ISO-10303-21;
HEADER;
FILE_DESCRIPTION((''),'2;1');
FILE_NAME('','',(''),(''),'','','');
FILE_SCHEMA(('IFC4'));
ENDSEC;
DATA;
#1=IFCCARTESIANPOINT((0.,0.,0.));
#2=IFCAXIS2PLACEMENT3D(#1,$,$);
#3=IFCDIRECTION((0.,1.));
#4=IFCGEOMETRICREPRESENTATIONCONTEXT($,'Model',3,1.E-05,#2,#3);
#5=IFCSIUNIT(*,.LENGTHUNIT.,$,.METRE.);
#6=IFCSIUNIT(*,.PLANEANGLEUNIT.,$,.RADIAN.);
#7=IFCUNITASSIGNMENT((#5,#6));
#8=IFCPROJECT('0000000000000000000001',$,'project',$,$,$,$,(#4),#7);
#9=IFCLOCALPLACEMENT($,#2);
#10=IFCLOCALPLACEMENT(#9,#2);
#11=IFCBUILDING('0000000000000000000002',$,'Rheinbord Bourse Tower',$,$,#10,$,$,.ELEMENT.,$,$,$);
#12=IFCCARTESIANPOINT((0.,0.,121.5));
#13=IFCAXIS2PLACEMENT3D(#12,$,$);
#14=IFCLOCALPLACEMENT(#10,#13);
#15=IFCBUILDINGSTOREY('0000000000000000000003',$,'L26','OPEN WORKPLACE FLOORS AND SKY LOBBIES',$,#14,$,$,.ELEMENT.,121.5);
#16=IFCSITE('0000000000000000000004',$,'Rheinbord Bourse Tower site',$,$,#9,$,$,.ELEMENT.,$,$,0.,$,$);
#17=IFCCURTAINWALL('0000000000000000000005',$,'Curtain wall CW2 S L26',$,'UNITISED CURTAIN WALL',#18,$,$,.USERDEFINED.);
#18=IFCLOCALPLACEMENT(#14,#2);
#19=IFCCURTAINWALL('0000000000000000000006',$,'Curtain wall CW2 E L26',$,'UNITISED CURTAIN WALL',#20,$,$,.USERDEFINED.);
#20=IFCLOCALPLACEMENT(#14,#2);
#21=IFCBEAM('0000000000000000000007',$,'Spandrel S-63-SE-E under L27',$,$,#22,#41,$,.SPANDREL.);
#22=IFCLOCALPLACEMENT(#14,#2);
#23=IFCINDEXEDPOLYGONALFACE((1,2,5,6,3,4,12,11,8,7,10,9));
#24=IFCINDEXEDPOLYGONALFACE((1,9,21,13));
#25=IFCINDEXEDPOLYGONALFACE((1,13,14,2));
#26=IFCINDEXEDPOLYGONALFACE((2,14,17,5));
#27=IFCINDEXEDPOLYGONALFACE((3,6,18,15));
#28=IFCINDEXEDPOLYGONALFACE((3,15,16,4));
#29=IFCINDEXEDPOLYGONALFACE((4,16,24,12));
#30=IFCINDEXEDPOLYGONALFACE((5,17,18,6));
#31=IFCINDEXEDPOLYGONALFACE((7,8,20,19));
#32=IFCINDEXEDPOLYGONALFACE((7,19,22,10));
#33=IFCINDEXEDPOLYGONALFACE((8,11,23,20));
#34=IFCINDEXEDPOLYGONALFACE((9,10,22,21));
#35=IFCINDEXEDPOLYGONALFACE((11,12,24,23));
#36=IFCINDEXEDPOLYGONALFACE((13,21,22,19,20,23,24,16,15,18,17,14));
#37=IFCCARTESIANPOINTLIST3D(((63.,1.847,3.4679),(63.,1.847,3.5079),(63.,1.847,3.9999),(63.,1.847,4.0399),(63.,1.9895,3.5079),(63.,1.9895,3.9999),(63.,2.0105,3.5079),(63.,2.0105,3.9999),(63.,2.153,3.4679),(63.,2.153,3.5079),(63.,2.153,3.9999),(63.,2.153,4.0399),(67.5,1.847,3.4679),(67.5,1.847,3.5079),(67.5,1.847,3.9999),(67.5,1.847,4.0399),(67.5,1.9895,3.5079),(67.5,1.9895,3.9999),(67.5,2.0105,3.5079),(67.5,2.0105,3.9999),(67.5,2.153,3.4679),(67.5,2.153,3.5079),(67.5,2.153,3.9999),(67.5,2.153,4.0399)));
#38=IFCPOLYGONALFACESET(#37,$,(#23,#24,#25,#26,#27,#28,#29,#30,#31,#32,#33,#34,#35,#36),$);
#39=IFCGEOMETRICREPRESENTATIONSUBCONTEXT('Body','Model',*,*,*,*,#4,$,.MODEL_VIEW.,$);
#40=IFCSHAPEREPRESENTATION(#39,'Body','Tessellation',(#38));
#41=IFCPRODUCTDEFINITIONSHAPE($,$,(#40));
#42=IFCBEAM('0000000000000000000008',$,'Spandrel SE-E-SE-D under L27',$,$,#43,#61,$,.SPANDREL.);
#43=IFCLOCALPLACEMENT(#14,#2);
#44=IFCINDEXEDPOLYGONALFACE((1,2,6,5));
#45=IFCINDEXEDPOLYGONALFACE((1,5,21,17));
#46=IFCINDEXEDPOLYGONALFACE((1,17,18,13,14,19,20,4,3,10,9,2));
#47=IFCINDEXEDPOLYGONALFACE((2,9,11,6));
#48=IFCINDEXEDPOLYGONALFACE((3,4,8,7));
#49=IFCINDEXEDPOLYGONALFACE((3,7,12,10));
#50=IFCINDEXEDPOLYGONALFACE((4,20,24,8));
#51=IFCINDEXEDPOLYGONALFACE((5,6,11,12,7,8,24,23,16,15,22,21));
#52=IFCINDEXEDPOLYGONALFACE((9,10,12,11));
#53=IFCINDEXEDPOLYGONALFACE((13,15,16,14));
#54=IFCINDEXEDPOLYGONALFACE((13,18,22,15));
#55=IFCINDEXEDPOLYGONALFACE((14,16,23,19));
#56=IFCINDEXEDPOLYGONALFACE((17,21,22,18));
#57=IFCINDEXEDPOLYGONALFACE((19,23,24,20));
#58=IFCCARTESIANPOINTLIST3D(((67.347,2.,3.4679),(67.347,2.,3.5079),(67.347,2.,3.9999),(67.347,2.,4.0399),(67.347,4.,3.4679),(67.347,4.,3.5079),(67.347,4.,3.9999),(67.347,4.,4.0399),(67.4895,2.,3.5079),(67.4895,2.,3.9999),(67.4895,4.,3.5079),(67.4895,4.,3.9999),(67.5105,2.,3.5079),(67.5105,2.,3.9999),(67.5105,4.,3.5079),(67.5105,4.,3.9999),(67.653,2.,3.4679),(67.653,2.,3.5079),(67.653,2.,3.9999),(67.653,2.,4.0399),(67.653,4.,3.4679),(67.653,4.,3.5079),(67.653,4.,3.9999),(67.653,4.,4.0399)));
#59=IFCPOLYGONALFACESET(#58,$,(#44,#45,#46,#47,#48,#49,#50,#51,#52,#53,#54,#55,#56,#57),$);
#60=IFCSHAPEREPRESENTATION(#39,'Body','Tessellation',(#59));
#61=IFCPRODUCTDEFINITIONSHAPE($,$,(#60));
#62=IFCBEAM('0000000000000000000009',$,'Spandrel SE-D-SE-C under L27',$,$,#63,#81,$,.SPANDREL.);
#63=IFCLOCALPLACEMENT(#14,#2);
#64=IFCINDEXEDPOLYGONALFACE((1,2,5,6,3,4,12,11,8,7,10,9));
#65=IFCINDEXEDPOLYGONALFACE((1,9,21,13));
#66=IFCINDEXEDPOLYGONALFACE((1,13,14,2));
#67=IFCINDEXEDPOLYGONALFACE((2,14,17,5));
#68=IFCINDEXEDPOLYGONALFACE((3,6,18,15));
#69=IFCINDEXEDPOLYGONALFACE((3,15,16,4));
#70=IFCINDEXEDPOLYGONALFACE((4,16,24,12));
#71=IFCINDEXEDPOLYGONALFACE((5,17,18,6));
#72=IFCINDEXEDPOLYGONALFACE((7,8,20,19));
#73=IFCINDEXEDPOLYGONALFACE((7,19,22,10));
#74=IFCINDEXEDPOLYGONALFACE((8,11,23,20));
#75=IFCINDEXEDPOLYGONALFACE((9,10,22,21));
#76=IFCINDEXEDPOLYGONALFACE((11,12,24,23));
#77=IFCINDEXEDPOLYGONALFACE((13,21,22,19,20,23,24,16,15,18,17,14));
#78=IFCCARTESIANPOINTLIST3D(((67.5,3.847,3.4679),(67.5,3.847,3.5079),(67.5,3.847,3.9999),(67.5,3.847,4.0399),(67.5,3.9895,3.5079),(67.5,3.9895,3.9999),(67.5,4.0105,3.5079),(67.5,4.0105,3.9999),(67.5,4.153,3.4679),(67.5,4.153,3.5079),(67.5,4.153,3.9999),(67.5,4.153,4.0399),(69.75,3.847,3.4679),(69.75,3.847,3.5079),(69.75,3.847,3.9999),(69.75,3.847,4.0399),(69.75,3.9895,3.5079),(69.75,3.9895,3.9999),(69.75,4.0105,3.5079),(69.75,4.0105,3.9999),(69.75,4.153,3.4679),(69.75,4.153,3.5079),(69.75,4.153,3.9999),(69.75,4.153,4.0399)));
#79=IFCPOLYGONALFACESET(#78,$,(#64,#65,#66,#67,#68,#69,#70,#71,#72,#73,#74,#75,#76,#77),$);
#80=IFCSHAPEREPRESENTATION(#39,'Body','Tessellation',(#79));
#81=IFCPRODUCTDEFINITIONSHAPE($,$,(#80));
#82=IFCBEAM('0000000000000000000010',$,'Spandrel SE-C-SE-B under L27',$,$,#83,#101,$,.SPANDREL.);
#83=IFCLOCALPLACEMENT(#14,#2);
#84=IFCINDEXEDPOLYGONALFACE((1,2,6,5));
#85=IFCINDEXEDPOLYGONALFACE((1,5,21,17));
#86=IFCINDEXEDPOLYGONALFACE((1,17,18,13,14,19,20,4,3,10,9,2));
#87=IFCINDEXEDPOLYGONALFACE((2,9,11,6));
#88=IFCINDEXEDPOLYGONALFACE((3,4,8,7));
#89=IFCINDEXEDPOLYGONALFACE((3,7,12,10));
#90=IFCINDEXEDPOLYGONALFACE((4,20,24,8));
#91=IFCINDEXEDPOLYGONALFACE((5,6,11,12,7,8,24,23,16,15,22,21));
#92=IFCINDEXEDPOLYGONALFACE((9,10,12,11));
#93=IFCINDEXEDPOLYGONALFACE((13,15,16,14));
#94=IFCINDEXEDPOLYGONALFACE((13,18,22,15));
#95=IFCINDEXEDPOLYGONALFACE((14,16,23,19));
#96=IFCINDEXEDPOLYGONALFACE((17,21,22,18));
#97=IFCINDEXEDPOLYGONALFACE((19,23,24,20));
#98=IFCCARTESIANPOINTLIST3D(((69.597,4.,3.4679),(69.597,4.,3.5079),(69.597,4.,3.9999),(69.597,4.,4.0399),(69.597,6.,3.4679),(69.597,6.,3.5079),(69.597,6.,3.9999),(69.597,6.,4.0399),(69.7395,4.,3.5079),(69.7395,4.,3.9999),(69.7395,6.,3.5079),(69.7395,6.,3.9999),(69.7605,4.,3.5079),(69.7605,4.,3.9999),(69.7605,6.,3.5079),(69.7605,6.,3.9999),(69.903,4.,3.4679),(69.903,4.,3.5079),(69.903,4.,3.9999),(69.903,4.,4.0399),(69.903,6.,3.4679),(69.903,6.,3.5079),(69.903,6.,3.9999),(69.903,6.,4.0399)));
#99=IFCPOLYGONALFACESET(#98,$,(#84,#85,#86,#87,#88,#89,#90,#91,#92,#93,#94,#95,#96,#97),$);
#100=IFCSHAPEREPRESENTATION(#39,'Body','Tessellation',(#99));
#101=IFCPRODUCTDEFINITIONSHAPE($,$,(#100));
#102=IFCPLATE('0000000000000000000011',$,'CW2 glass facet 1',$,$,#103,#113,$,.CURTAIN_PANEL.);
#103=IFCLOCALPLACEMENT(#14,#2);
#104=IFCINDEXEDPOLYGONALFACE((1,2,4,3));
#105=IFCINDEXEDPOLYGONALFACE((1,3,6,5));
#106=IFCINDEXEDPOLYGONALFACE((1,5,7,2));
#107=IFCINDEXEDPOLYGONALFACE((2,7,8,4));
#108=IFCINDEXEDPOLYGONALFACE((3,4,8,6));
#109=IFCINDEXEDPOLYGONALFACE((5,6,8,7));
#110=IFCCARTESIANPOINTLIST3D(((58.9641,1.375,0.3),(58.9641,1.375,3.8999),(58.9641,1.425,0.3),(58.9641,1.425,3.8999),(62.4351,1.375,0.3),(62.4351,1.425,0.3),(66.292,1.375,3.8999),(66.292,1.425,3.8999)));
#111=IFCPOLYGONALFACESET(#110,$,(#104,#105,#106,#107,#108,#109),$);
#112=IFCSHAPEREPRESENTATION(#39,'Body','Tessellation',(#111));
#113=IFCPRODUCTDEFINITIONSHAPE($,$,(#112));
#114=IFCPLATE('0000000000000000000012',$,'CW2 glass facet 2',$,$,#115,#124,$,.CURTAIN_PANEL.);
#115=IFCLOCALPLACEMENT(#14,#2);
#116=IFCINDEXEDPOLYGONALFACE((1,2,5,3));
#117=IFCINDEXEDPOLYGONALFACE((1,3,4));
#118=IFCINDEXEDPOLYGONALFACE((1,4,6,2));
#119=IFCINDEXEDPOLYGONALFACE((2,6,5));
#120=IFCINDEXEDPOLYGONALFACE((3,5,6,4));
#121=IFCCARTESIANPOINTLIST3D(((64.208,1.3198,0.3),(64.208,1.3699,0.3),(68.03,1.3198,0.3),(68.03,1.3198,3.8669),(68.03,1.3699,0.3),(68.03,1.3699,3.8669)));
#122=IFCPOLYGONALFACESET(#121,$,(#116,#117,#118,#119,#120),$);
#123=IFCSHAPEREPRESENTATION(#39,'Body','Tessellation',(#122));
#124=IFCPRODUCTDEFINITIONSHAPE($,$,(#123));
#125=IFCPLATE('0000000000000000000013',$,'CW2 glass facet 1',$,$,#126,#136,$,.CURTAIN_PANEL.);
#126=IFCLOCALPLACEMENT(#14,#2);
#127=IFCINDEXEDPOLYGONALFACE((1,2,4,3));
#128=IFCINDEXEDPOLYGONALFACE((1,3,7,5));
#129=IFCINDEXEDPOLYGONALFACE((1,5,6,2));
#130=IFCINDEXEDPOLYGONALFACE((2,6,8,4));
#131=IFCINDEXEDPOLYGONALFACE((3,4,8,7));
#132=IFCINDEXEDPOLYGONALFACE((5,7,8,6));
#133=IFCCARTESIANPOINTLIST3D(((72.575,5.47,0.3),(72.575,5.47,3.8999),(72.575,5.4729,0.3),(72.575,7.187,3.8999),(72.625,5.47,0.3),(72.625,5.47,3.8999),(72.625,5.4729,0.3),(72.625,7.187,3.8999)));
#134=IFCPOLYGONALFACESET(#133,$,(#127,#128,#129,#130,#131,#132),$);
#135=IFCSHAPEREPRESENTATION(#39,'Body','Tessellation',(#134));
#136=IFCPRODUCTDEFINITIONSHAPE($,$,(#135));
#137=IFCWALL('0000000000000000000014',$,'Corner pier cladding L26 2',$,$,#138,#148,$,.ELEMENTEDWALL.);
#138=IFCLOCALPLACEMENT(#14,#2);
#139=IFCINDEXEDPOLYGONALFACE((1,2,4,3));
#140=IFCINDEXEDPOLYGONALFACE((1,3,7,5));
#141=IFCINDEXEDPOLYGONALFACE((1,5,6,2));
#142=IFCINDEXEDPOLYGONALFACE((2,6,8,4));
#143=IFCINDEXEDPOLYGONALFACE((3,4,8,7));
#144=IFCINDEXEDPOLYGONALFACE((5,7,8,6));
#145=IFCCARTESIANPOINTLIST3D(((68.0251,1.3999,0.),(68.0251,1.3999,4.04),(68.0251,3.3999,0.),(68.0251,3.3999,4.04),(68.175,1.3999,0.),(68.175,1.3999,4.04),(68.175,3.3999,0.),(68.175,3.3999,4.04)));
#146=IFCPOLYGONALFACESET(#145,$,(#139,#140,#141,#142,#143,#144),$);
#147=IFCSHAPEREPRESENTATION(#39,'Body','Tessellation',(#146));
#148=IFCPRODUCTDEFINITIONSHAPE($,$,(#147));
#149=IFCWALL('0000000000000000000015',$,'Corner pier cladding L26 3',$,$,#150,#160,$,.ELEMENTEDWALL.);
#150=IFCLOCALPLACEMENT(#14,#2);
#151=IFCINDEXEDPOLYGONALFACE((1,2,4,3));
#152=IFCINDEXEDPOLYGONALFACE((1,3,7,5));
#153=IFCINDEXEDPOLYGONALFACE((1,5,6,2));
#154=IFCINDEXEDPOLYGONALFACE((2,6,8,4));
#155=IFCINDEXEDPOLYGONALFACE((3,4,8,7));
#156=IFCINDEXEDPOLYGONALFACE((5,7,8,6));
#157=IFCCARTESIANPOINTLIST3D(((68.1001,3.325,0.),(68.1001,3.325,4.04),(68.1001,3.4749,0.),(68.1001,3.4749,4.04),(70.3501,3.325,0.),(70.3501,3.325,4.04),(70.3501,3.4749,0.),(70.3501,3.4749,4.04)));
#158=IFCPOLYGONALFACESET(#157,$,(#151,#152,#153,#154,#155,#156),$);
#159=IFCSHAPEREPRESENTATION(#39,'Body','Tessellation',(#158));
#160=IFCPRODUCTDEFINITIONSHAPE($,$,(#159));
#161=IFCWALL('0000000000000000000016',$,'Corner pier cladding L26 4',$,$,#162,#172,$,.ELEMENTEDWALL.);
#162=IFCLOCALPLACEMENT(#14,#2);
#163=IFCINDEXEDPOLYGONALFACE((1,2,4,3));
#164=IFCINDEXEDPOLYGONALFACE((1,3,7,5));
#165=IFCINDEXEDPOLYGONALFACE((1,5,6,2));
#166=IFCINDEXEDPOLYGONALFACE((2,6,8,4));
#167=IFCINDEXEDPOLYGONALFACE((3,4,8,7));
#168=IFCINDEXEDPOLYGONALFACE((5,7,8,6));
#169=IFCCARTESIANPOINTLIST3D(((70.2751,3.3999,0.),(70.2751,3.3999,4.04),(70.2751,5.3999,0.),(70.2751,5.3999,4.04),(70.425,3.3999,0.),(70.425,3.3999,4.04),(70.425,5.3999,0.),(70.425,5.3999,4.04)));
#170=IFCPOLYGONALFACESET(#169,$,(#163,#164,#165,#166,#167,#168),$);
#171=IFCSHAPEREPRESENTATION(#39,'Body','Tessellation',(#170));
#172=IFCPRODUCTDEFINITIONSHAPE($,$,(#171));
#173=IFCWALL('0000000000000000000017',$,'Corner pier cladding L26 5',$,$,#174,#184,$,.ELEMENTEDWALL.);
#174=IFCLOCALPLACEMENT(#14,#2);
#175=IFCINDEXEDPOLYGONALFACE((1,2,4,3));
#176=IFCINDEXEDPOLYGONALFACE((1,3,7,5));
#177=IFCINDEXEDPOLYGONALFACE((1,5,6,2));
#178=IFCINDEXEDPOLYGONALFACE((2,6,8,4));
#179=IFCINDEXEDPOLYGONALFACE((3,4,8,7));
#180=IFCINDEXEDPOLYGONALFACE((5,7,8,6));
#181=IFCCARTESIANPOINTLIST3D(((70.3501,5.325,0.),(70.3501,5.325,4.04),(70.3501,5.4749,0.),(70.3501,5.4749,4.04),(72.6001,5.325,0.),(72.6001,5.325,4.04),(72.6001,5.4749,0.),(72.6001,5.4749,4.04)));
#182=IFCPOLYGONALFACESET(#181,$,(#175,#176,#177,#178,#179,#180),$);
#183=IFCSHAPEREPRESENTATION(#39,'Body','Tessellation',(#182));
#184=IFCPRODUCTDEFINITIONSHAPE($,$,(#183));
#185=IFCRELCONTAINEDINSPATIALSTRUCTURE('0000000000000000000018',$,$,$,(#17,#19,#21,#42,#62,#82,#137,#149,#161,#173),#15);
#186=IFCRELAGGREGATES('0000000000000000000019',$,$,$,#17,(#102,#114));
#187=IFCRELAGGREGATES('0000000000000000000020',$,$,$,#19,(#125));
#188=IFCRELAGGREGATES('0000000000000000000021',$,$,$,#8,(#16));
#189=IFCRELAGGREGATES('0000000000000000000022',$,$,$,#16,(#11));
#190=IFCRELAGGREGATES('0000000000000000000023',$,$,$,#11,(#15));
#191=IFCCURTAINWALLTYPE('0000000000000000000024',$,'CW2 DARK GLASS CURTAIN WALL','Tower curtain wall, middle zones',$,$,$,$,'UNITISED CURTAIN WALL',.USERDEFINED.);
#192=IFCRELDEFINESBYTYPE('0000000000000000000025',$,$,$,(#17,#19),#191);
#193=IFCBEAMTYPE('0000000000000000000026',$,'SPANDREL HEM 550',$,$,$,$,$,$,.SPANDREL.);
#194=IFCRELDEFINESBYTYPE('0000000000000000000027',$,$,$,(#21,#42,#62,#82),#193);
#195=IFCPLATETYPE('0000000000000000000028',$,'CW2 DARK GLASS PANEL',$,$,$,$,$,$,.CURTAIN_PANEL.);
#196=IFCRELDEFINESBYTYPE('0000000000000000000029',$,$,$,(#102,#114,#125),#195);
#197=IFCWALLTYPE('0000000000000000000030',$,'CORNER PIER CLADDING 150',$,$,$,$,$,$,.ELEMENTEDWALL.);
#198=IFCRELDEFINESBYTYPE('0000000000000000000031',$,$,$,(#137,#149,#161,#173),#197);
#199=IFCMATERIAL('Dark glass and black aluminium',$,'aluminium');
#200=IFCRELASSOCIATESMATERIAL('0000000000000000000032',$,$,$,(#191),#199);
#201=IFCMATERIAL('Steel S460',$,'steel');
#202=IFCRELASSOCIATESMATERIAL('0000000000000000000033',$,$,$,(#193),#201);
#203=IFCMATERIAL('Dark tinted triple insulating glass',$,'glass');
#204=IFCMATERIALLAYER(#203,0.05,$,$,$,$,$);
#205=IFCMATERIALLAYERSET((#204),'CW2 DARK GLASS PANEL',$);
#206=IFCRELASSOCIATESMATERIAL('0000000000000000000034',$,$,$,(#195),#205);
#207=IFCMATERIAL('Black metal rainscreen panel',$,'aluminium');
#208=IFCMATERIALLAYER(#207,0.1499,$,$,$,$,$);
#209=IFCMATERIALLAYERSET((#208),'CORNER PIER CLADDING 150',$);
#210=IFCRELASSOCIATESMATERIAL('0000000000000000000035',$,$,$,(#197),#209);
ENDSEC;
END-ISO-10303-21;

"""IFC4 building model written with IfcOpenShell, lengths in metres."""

from ifc_helpers import new_model, si_unit, direction, frame, frame_2d, origin, origin_2d, place, context, subcontext, project, spatial, polyline, rectangle, i_section, outline, extrude, material, layer, layer_set, material_profile, profile_set, type_object, element, aggregate, save


model = new_model("IFC4")

# Units and contexts
model_context = context("Model", 3, precision=1e-05, world=origin(), true_north=direction((0.0, 1.0)))
body_context = subcontext(model_context, "Body", "Model", "MODEL_VIEW")
ifc_project = project(units=[si_unit("LENGTHUNIT", "METRE"), si_unit("PLANEANGLEUNIT", "RADIAN")], contexts=[model_context])

# Site, building, storey
site_placement = place(None, origin())
site = spatial("IfcSite", under=ifc_project, at=site_placement, Name="Rheinbord Bourse Tower site", CompositionType="ELEMENT", RefElevation=0.0)
building_placement = place(site_placement, origin())
building = spatial("IfcBuilding", under=site, at=building_placement, Name="Rheinbord Bourse Tower", CompositionType="ELEMENT")
storey_placement = place(building_placement, frame((0.0, 0.0, 121.5)))
storey = spatial("IfcBuildingStorey", under=building, at=storey_placement, Name="L26", Description="OPEN WORKPLACE FLOORS AND SKY LOBBIES", CompositionType="ELEMENT", Elevation=121.5)

# Curtain wall
ifc_material_1 = material(Name="Dark glass and black aluminium", Category="aluminium")
curtain_wall_type = type_object("IfcCurtainWallType", Name="CW2 DARK GLASS CURTAIN WALL", Description="Tower curtain wall, middle zones", ElementType="UNITISED CURTAIN WALL", PredefinedType="USERDEFINED", material=ifc_material_1)
curtain_wall_1_placement = place(storey_placement, origin())
curtain_wall_1 = element("IfcCurtainWall", 1, at=curtain_wall_1_placement, inside=storey, type_object=curtain_wall_type, Name="Curtain wall CW2 S L26", ObjectType="UNITISED CURTAIN WALL", PredefinedType="USERDEFINED")

# Curtain wall
curtain_wall_2_placement = place(storey_placement, origin())
curtain_wall_2 = element("IfcCurtainWall", 2, at=curtain_wall_2_placement, inside=storey, type_object=curtain_wall_type, Name="Curtain wall CW2 E L26", ObjectType="UNITISED CURTAIN WALL", PredefinedType="USERDEFINED")

# Beams
ifc_material_2 = material(Name="Steel S460", Category="steel")
ifc_material_profile_1 = material_profile(ifc_material_2, i_section(OverallWidth=0.3059, OverallDepth=0.572, WebThickness=0.021, FlangeThickness=0.04, at=origin_2d()), Name="HEM 550")
ifc_profile_set_1 = profile_set([ifc_material_profile_1], Name="Steel S460")
beam_type_1 = type_object("IfcBeamType", Name="SPANDREL HEM 550", PredefinedType="SPANDREL", material=ifc_profile_set_1)
for number, where, z_axis, x_axis, name in (
    (3, (63.0, 2.0, 3.7539), (1.0, 0.0, 0.0), (0.0, 1.0, 0.0), "Spandrel S-63-SE-E under L27"),
):
    element("IfcBeam", number, at=place(storey_placement, frame(where, z_axis=z_axis, x_axis=x_axis)), inside=storey, type_object=beam_type_1, Name=name, PredefinedType="SPANDREL", context=body_context, shape_type="SweptSolid", body=[
        extrude(i_section(OverallWidth=0.3059, OverallDepth=0.572, WebThickness=0.021, FlangeThickness=0.04, at=origin_2d()), origin(), (0.0, 0.0, 1.0), 4.5),
    ])
beam_1_placement = place(storey_placement, frame((67.5, 2.0, 3.7539), z_axis=(0.0, 1.0, 0.0), x_axis=(-1.0, 0.0, 0.0)))
element("IfcBeam", 4, at=beam_1_placement, inside=storey, type_object=beam_type_1, Name="Spandrel SE-E-SE-D under L27", PredefinedType="SPANDREL", context=body_context, shape_type="SweptSolid", body=[
    extrude(i_section(OverallWidth=0.3059, OverallDepth=0.572, WebThickness=0.021, FlangeThickness=0.04, at=origin_2d()), origin(), (0.0, 0.0, 1.0), 2.0),
])
beam_2_placement = place(storey_placement, frame((67.5, 4.0, 3.7539), z_axis=(1.0, 0.0, 0.0), x_axis=(0.0, 1.0, 0.0)))
element("IfcBeam", 5, at=beam_2_placement, inside=storey, type_object=beam_type_1, Name="Spandrel SE-D-SE-C under L27", PredefinedType="SPANDREL", context=body_context, shape_type="SweptSolid", body=[
    extrude(i_section(OverallWidth=0.3059, OverallDepth=0.572, WebThickness=0.021, FlangeThickness=0.04, at=origin_2d()), origin(), (0.0, 0.0, 1.0), 2.25),
])
beam_3_placement = place(storey_placement, frame((69.75, 4.0, 3.7539), z_axis=(0.0, 1.0, 0.0), x_axis=(-1.0, 0.0, 0.0)))
element("IfcBeam", 6, at=beam_3_placement, inside=storey, type_object=beam_type_1, Name="Spandrel SE-C-SE-B under L27", PredefinedType="SPANDREL", context=body_context, shape_type="SweptSolid", body=[
    extrude(i_section(OverallWidth=0.3059, OverallDepth=0.572, WebThickness=0.021, FlangeThickness=0.04, at=origin_2d()), origin(), (0.0, 0.0, 1.0), 2.0),
])

# Plates
ifc_material_3 = material(Name="Dark tinted triple insulating glass", Category="glass")
ifc_layer_1 = layer(ifc_material_3, 0.05)
ifc_layer_set_1 = layer_set([ifc_layer_1], Name="CW2 DARK GLASS PANEL")
plate_type = type_object("IfcPlateType", Name="CW2 DARK GLASS PANEL", PredefinedType="CURTAIN_PANEL", material=ifc_layer_set_1)
plate_1_placement = place(storey_placement, frame((58.9641, 1.375, 0.3), z_axis=(0.0, 1.0, 0.0), x_axis=(0.0, 0.0, 1.0)))
plate_1 = element("IfcPlate", 7, at=plate_1_placement, type_object=plate_type, Name="CW2 glass facet 1", PredefinedType="CURTAIN_PANEL", context=body_context, shape_type="SweptSolid", body=[
    extrude(outline(polyline([(0.0, 0.0), (3.5999, 0.0), (3.5999, 7.3279), (0.0, 3.4709), (0.0, 0.0)])), origin(), (0.0, 0.0, 1.0), 0.05),
])
plate_2_placement = place(storey_placement, frame((68.03, 1.3198, 0.3), z_axis=(0.0, 1.0, 0.0), x_axis=(-1.0, 0.0, 0.0)))
plate_2 = element("IfcPlate", 8, at=plate_2_placement, type_object=plate_type, Name="CW2 glass facet 2", PredefinedType="CURTAIN_PANEL", context=body_context, shape_type="SweptSolid", body=[
    extrude(outline(polyline([(0.0, 0.0), (3.822, 0.0), (0.0, 3.5669), (0.0, 0.0)])), origin(), (0.0, 0.0, 1.0), 0.05),
])
aggregate(curtain_wall_1, [plate_1, plate_2])
plate_3_placement = place(storey_placement, frame((72.625, 5.47, 0.3), z_axis=(-1.0, 0.0, 0.0), x_axis=(0.0, 0.0, 1.0)))
plate_3 = element("IfcPlate", 9, at=plate_3_placement, type_object=plate_type, Name="CW2 glass facet 1", PredefinedType="CURTAIN_PANEL", context=body_context, shape_type="SweptSolid", body=[
    extrude(outline(polyline([(0.0, 0.0), (3.5999, 0.0), (3.5999, 1.717), (0.0, 0.0029), (0.0, 0.0)])), origin(), (0.0, 0.0, 1.0), 0.05),
])
aggregate(curtain_wall_2, [plate_3])

# Walls
ifc_material_4 = material(Name="Black metal rainscreen panel", Category="aluminium")
ifc_layer_2 = layer(ifc_material_4, 0.1499)
ifc_layer_set_2 = layer_set([ifc_layer_2], Name="CORNER PIER CLADDING 150")
wall_type = type_object("IfcWallType", Name="CORNER PIER CLADDING 150", PredefinedType="ELEMENTEDWALL", material=ifc_layer_set_2)
wall_1_placement = place(storey_placement, frame((68.1001, 1.3999, 0.0), z_axis=(0.0, 0.0, 1.0), x_axis=(0.0, 1.0, 0.0)))
element("IfcWall", 10, at=wall_1_placement, inside=storey, type_object=wall_type, Name="Corner pier cladding L26 2", PredefinedType="ELEMENTEDWALL", context=body_context, shape_type="SweptSolid", body=[
    extrude(rectangle(XDim=2.0, YDim=0.1499, at=frame_2d((1.0, 0.0))), origin(), (0.0, 0.0, 1.0), 4.04),
])
wall_2_placement = place(storey_placement, frame((68.1001, 3.3999, 0.0), z_axis=(0.0, 0.0, 1.0), x_axis=(1.0, 0.0, 0.0)))
element("IfcWall", 11, at=wall_2_placement, inside=storey, type_object=wall_type, Name="Corner pier cladding L26 3", PredefinedType="ELEMENTEDWALL", context=body_context, shape_type="SweptSolid", body=[
    extrude(rectangle(XDim=2.25, YDim=0.1499, at=frame_2d((1.125, 0.0))), origin(), (0.0, 0.0, 1.0), 4.04),
])
wall_3_placement = place(storey_placement, frame((70.3501, 3.3999, 0.0), z_axis=(0.0, 0.0, 1.0), x_axis=(0.0, 1.0, 0.0)))
element("IfcWall", 12, at=wall_3_placement, inside=storey, type_object=wall_type, Name="Corner pier cladding L26 4", PredefinedType="ELEMENTEDWALL", context=body_context, shape_type="SweptSolid", body=[
    extrude(rectangle(XDim=2.0, YDim=0.1499, at=frame_2d((1.0, 0.0))), origin(), (0.0, 0.0, 1.0), 4.04),
])
wall_4_placement = place(storey_placement, frame((70.3501, 5.3999, 0.0), z_axis=(0.0, 0.0, 1.0), x_axis=(1.0, 0.0, 0.0)))
element("IfcWall", 13, at=wall_4_placement, inside=storey, type_object=wall_type, Name="Corner pier cladding L26 5", PredefinedType="ELEMENTEDWALL", context=body_context, shape_type="SweptSolid", body=[
    extrude(rectangle(XDim=2.25, YDim=0.1499, at=frame_2d((1.125, 0.0))), origin(), (0.0, 0.0, 1.0), 4.04),
])

save(model, "model.ifc")
